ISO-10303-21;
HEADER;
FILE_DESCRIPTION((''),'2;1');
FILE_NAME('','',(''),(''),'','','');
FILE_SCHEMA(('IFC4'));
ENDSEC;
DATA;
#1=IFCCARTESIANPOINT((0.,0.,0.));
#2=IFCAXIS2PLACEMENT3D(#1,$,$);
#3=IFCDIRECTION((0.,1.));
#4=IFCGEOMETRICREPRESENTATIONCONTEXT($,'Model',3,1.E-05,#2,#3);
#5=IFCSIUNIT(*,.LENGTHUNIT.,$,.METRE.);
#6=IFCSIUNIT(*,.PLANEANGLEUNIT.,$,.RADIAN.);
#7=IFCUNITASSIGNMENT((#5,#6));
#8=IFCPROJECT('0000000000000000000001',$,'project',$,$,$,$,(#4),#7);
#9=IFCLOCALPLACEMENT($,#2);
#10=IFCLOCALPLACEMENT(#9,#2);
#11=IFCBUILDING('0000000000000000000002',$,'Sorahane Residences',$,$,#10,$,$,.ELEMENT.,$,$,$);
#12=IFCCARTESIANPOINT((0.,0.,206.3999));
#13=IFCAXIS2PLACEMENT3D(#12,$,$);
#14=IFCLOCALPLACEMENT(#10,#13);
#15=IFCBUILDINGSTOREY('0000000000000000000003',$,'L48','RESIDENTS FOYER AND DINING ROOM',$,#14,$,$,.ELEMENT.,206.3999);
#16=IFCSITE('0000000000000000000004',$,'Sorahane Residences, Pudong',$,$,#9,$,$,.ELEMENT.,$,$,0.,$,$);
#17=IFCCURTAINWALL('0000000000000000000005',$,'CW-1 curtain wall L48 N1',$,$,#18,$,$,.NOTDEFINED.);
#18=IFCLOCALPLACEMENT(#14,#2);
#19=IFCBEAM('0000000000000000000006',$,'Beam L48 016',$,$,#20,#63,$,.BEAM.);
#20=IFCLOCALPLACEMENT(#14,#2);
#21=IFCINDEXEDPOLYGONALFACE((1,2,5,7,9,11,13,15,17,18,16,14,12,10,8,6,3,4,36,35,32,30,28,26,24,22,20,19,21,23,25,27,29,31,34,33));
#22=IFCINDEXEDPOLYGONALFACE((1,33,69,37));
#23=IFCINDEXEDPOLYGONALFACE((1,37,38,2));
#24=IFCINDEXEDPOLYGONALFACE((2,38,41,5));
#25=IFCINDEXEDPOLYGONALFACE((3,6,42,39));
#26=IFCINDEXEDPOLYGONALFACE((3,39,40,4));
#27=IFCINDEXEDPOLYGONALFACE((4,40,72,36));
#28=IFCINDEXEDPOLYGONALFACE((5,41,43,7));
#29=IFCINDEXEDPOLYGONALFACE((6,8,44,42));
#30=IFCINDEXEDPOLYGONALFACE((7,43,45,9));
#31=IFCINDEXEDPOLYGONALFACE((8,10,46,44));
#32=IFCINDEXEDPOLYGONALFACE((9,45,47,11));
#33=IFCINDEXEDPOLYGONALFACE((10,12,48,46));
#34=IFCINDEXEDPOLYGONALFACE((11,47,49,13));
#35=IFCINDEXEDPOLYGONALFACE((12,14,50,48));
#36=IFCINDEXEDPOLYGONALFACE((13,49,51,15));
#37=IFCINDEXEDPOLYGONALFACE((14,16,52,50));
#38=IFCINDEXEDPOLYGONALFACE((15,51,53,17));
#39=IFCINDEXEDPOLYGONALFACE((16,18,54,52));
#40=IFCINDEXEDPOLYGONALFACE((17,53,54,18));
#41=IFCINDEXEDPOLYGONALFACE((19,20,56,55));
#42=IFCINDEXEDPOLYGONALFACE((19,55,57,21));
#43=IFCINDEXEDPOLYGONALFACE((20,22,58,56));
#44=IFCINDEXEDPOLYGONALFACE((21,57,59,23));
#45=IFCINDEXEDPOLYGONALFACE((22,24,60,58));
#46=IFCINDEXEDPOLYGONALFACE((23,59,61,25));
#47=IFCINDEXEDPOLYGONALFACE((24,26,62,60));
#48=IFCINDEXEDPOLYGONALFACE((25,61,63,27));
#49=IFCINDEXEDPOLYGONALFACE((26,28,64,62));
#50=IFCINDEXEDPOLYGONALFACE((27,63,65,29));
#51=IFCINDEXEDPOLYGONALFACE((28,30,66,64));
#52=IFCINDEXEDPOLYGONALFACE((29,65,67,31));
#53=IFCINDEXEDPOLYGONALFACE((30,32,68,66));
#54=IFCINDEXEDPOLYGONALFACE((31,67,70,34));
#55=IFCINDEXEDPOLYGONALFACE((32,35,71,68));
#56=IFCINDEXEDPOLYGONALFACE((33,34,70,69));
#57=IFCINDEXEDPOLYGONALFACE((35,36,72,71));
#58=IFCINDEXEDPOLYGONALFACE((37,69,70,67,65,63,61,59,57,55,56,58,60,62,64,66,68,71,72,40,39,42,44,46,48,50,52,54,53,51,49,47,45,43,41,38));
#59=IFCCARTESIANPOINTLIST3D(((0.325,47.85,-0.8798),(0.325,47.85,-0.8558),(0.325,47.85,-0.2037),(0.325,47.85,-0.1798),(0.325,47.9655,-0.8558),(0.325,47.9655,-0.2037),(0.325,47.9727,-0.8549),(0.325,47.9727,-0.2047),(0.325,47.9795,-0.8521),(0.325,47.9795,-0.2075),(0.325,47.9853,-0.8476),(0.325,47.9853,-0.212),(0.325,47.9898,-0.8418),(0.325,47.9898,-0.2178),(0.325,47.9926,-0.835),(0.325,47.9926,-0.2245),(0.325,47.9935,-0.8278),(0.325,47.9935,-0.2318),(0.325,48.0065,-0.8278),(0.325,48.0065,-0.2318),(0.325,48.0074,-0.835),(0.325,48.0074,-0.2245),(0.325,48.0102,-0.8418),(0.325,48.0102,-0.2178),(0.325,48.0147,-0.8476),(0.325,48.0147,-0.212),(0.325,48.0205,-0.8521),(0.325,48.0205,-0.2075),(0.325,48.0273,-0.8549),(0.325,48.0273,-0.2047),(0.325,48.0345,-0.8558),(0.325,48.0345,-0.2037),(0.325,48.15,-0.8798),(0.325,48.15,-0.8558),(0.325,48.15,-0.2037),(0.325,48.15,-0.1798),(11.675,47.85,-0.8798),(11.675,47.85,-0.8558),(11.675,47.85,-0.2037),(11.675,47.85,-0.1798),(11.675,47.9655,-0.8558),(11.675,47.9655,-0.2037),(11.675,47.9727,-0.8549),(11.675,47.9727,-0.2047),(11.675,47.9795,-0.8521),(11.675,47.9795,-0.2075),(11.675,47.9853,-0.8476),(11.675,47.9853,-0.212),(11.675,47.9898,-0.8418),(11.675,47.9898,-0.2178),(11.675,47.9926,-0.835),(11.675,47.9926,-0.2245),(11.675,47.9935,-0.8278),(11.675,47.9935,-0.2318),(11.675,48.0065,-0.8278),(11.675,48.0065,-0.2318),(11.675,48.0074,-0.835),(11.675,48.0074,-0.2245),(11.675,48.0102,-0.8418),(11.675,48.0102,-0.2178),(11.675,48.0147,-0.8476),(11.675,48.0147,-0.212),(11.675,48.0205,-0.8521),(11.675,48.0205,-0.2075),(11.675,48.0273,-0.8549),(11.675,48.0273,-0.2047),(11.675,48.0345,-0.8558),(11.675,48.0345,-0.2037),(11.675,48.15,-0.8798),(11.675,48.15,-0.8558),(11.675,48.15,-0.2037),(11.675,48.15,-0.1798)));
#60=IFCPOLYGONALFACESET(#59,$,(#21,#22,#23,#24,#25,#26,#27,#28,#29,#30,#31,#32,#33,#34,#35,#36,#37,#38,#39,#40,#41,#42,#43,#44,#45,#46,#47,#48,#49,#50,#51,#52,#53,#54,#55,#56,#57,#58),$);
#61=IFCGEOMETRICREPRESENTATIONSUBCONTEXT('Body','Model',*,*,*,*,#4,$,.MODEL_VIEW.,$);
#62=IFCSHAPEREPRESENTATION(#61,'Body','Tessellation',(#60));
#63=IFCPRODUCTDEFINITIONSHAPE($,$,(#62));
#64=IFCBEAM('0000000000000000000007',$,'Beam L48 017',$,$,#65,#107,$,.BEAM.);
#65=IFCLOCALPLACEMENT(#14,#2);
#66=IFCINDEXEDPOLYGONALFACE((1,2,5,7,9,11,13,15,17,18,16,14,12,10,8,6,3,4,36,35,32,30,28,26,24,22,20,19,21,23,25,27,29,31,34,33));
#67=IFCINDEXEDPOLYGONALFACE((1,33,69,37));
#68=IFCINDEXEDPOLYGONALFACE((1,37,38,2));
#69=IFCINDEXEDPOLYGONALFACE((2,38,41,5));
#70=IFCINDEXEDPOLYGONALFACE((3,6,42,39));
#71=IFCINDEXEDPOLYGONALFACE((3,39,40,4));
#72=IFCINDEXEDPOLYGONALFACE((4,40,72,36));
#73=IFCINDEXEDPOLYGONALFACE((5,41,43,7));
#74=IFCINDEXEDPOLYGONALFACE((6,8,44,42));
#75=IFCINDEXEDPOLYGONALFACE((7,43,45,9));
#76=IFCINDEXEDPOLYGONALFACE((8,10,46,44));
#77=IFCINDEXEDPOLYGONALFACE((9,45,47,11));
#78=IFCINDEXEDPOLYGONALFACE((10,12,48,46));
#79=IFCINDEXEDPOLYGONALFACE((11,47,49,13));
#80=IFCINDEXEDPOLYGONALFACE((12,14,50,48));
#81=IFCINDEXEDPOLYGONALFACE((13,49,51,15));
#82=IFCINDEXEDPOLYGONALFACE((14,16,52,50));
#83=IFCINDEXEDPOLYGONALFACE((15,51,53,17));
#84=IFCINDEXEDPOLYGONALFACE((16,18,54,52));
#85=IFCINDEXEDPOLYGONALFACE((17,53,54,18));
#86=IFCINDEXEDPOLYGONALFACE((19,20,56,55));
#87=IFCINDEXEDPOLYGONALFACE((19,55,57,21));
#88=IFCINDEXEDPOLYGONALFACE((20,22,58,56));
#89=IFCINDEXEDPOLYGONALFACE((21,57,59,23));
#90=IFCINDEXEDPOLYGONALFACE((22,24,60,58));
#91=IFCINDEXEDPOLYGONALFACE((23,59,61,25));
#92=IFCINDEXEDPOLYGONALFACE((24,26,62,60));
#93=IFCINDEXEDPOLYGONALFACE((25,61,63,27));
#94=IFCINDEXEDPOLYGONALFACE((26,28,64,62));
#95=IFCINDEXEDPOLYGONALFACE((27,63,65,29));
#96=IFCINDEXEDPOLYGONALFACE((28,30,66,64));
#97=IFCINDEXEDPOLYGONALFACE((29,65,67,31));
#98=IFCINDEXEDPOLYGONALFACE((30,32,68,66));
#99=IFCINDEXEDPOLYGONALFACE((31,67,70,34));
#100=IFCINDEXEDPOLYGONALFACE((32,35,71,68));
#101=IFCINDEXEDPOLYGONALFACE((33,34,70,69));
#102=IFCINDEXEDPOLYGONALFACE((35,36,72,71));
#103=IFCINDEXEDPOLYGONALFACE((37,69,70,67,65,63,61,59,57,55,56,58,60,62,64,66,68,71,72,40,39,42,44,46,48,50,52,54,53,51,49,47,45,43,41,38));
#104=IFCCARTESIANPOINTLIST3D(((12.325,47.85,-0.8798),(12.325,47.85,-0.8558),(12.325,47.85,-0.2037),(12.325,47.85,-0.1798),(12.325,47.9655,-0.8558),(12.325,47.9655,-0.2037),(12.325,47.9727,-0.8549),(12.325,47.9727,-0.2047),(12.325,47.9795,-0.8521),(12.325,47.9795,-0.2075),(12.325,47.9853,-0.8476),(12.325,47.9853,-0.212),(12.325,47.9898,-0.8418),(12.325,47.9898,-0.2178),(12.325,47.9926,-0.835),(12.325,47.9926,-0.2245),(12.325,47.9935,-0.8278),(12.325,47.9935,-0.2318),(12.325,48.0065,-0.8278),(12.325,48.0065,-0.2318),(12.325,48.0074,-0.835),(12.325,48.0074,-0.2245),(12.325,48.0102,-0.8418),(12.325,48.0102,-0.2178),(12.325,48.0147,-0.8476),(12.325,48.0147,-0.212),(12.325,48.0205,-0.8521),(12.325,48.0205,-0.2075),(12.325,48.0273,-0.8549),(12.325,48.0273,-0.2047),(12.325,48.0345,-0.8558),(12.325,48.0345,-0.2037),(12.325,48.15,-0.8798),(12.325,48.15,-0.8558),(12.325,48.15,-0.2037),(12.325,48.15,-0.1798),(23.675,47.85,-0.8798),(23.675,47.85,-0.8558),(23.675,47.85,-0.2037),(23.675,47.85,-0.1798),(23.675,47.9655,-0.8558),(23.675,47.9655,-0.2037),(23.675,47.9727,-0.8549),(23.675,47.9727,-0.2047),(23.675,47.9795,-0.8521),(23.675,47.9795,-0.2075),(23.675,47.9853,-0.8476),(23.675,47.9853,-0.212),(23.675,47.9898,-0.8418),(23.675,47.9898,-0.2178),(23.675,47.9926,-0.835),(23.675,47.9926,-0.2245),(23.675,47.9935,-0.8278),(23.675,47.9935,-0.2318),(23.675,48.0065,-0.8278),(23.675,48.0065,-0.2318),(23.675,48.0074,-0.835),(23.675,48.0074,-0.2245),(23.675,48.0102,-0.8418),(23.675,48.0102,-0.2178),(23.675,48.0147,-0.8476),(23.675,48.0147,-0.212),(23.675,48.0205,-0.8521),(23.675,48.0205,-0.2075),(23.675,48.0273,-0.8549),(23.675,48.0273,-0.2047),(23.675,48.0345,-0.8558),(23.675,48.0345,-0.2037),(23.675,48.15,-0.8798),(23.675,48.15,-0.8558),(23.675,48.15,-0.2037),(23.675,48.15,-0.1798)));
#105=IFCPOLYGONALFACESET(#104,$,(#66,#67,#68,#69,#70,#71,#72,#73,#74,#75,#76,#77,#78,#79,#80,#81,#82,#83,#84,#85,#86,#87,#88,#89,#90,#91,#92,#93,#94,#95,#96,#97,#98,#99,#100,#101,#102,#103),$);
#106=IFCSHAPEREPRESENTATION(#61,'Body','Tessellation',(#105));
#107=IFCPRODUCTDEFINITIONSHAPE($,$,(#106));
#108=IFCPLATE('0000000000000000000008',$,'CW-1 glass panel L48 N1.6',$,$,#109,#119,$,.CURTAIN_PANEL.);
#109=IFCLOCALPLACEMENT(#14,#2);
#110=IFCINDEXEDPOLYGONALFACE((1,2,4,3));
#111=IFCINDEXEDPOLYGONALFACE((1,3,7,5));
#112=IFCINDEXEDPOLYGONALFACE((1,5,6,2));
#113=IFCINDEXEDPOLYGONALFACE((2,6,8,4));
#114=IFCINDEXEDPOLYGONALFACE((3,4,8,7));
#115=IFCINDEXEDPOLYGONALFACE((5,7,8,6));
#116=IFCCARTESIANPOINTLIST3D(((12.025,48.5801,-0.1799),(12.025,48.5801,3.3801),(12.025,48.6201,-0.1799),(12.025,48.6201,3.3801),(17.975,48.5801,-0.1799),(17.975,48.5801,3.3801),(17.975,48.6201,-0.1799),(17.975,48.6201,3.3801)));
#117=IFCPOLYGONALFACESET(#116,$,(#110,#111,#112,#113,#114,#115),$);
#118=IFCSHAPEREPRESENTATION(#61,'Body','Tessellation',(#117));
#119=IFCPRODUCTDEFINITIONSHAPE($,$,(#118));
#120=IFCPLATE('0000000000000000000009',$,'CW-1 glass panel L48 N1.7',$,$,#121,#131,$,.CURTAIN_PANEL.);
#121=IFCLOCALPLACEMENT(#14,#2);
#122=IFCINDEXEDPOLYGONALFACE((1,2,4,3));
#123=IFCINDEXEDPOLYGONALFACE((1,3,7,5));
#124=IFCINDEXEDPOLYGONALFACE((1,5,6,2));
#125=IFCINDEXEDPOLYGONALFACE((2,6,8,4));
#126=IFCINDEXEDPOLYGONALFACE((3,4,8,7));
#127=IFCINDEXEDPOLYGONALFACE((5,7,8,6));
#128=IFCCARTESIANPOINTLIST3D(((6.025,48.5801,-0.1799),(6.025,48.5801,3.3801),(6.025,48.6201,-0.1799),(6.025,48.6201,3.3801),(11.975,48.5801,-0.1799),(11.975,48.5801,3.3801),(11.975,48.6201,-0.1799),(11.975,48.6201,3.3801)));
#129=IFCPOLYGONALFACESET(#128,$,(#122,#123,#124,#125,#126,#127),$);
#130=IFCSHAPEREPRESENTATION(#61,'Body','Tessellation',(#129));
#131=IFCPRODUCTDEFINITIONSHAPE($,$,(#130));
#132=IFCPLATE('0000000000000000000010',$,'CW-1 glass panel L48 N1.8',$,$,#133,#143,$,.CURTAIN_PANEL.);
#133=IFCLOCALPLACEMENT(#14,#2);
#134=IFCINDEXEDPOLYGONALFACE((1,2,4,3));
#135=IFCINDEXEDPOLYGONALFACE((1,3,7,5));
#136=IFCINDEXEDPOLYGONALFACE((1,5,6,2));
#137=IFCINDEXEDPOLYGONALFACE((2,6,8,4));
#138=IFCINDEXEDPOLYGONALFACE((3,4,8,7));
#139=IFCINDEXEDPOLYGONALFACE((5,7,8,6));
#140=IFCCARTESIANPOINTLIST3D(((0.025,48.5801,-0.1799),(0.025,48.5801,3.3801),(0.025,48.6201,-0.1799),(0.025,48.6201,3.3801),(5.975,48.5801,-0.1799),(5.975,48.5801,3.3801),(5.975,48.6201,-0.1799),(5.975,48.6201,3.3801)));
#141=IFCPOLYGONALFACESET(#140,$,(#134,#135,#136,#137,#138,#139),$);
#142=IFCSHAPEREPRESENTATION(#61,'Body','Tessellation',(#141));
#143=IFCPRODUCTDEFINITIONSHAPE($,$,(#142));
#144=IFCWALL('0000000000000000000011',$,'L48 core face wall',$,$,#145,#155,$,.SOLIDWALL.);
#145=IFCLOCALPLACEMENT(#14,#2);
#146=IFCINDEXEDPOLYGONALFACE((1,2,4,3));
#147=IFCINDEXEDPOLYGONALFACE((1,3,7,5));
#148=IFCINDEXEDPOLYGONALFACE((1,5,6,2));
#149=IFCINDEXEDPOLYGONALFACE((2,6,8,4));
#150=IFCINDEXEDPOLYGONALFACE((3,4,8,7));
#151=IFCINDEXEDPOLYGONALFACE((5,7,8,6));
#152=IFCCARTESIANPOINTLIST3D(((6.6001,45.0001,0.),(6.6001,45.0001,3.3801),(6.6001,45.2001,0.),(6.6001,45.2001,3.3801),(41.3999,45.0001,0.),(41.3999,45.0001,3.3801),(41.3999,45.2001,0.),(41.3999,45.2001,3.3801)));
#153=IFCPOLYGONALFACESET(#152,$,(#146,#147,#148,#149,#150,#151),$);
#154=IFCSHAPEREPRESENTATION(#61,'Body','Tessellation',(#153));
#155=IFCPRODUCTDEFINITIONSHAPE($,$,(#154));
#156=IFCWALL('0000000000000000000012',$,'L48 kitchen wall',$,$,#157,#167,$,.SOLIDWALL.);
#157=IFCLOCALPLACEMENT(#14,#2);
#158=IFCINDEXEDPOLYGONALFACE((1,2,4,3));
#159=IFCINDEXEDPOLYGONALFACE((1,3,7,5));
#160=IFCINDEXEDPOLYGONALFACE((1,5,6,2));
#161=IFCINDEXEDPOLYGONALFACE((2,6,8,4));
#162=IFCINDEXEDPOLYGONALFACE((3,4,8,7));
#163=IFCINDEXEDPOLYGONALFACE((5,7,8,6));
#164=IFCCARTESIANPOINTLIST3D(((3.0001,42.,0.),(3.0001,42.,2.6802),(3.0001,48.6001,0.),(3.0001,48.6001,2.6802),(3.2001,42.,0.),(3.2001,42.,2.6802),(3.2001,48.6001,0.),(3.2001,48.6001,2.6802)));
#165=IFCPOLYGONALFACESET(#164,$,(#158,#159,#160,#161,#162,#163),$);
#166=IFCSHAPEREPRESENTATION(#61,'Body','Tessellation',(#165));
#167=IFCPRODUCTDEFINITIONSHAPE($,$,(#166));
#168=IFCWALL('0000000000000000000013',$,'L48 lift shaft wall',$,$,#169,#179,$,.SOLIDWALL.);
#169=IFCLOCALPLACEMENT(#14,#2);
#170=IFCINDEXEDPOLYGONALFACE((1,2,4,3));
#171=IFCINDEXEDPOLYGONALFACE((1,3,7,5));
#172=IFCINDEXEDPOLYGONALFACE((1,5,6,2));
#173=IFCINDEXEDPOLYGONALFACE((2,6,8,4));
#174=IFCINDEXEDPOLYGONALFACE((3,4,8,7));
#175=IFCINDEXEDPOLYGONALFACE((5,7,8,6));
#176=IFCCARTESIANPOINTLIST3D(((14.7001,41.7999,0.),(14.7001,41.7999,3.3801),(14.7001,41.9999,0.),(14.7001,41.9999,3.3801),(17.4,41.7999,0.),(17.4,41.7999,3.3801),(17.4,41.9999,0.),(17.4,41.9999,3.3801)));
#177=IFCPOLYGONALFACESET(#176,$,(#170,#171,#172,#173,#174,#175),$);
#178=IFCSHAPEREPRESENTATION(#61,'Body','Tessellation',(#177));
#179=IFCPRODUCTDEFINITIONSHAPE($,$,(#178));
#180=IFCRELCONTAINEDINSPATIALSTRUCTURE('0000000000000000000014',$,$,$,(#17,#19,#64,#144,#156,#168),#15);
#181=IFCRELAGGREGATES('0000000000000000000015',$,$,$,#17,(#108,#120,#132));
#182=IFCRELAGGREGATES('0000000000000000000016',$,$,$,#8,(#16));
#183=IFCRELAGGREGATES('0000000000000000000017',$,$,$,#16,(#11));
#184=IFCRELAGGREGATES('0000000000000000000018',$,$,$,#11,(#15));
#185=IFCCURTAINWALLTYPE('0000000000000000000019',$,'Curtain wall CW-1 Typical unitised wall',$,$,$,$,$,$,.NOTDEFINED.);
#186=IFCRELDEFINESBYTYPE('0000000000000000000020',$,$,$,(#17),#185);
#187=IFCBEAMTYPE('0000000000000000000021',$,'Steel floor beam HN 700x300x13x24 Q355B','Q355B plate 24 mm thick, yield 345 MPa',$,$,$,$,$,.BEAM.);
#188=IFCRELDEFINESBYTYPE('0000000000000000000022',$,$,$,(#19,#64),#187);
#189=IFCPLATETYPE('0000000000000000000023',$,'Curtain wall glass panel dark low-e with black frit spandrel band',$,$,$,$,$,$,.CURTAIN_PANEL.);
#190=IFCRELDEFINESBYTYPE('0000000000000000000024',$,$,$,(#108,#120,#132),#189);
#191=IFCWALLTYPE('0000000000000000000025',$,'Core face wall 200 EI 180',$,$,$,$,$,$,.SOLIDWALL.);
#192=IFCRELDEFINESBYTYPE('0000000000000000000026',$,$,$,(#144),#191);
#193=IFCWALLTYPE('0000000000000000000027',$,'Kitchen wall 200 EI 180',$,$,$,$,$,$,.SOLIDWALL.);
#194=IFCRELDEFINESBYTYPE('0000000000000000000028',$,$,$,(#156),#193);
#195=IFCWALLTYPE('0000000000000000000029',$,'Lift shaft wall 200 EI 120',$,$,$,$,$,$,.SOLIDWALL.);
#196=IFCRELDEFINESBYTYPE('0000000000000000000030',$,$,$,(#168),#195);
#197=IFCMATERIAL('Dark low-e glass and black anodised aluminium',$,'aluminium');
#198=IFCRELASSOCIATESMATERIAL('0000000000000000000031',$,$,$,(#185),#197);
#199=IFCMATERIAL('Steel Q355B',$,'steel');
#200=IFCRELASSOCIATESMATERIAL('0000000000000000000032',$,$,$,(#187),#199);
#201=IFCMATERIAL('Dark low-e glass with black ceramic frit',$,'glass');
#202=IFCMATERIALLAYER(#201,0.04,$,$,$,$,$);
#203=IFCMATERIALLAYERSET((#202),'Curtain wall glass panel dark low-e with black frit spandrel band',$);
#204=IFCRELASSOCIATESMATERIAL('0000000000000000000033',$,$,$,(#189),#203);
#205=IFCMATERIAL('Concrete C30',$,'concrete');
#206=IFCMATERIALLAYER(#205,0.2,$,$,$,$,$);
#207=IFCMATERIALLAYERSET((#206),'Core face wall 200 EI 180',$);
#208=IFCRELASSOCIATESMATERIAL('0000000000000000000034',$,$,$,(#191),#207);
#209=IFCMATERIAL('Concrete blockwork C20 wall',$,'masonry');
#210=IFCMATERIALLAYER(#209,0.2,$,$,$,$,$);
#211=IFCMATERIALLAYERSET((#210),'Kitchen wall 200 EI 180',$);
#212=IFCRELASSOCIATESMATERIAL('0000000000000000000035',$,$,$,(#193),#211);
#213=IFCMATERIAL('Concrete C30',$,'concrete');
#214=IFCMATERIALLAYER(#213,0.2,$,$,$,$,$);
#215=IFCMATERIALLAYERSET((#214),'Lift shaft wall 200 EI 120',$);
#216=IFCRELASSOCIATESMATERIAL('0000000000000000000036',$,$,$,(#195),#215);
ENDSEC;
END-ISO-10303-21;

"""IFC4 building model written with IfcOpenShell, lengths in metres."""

from ifc_helpers import new_model, si_unit, direction, frame, frame_2d, origin, origin_2d, place, context, subcontext, project, spatial, rectangle, i_section, extrude, material, layer, layer_set, material_profile, profile_set, type_object, element, aggregate, save


model = new_model("IFC4")

# Units and contexts
model_context = context("Model", 3, precision=1e-05, world=origin(), true_north=direction((0.0, 1.0)))
body_context = subcontext(model_context, "Body", "Model", "MODEL_VIEW")
ifc_project = project(units=[si_unit("LENGTHUNIT", "METRE"), si_unit("PLANEANGLEUNIT", "RADIAN")], contexts=[model_context])

# Site, building, storey
site_placement = place(None, origin())
site = spatial("IfcSite", under=ifc_project, at=site_placement, Name="Sorahane Residences, Pudong", CompositionType="ELEMENT", RefElevation=0.0)
building_placement = place(site_placement, origin())
building = spatial("IfcBuilding", under=site, at=building_placement, Name="Sorahane Residences", CompositionType="ELEMENT")
storey_placement = place(building_placement, frame((0.0, 0.0, 206.3999)))
storey = spatial("IfcBuildingStorey", under=building, at=storey_placement, Name="L48", Description="RESIDENTS FOYER AND DINING ROOM", CompositionType="ELEMENT", Elevation=206.3999)

# Curtain wall
ifc_material_1 = material(Name="Dark low-e glass and black anodised aluminium", Category="aluminium")
curtain_wall_type = type_object("IfcCurtainWallType", Name="Curtain wall CW-1 Typical unitised wall", PredefinedType="NOTDEFINED", material=ifc_material_1)
curtain_wall_placement = place(storey_placement, origin())
curtain_wall = element("IfcCurtainWall", 1, at=curtain_wall_placement, inside=storey, type_object=curtain_wall_type, Name="CW-1 curtain wall L48 N1", PredefinedType="NOTDEFINED")

# Beams
ifc_material_2 = material(Name="Steel Q355B", Category="steel")
ifc_material_profile_1 = material_profile(ifc_material_2, i_section(OverallWidth=0.3, OverallDepth=0.7, WebThickness=0.0129, FlangeThickness=0.0239, FilletRadius=0.0281, at=origin_2d()), Name="HN 700x300x13x24")
ifc_profile_set_1 = profile_set([ifc_material_profile_1], Name="Steel Q355B")
beam_type_1 = type_object("IfcBeamType", Name="Steel floor beam HN 700x300x13x24 Q355B", Description="Q355B plate 24 mm thick, yield 345 MPa", PredefinedType="BEAM", material=ifc_profile_set_1)
for number, where, z_axis, x_axis, name in (
    (2, (0.325, 48.0, -0.5298), (1.0, 0.0, 0.0), (0.0, 1.0, 0.0), "Beam L48 016"),
    (3, (12.325, 48.0, -0.5298), (1.0, 0.0, 0.0), (0.0, 1.0, 0.0), "Beam L48 017"),
):
    element("IfcBeam", number, at=place(storey_placement, frame(where, z_axis=z_axis, x_axis=x_axis)), inside=storey, type_object=beam_type_1, Name=name, PredefinedType="BEAM", context=body_context, shape_type="SweptSolid", body=[
        extrude(i_section(OverallWidth=0.3, OverallDepth=0.7, WebThickness=0.0129, FlangeThickness=0.0239, FilletRadius=0.0281, at=origin_2d()), origin(), (0.0, 0.0, 1.0), 11.3501),
    ])

# Plates
ifc_material_3 = material(Name="Dark low-e glass with black ceramic frit", Category="glass")
ifc_layer_1 = layer(ifc_material_3, 0.04)
ifc_layer_set_1 = layer_set([ifc_layer_1], Name="Curtain wall glass panel dark low-e with black frit spandrel band")
plate_type = type_object("IfcPlateType", Name="Curtain wall glass panel dark low-e with black frit spandrel band", PredefinedType="CURTAIN_PANEL", material=ifc_layer_set_1)
plate_1_placement = place(storey_placement, frame((15.0, 48.6001, -0.1799), z_axis=(0.0, 0.0, 1.0), x_axis=(-1.0, 0.0, 0.0)))
plate_1 = element("IfcPlate", 4, at=plate_1_placement, type_object=plate_type, Name="CW-1 glass panel L48 N1.6", PredefinedType="CURTAIN_PANEL", context=body_context, shape_type="SweptSolid", body=[
    extrude(rectangle(XDim=5.95, YDim=0.04, at=origin_2d()), origin(), (0.0, 0.0, 1.0), 3.5601),
])
plate_2_placement = place(storey_placement, frame((9.0, 48.6001, -0.1799), z_axis=(0.0, 0.0, 1.0), x_axis=(-1.0, 0.0, 0.0)))
plate_2 = element("IfcPlate", 5, at=plate_2_placement, type_object=plate_type, Name="CW-1 glass panel L48 N1.7", PredefinedType="CURTAIN_PANEL", context=body_context, shape_type="SweptSolid", body=[
    extrude(rectangle(XDim=5.95, YDim=0.04, at=origin_2d()), origin(), (0.0, 0.0, 1.0), 3.5601),
])
plate_3_placement = place(storey_placement, frame((3.0, 48.6001, -0.1799), z_axis=(0.0, 0.0, 1.0), x_axis=(-1.0, 0.0, 0.0)))
plate_3 = element("IfcPlate", 6, at=plate_3_placement, type_object=plate_type, Name="CW-1 glass panel L48 N1.8", PredefinedType="CURTAIN_PANEL", context=body_context, shape_type="SweptSolid", body=[
    extrude(rectangle(XDim=5.95, YDim=0.04, at=origin_2d()), origin(), (0.0, 0.0, 1.0), 3.5601),
])
aggregate(curtain_wall, [plate_1, plate_2, plate_3])

# Walls
ifc_material_4 = material(Name="Concrete C30", Category="concrete")
ifc_layer_2 = layer(ifc_material_4, 0.2)
ifc_layer_set_2 = layer_set([ifc_layer_2], Name="Core face wall 200 EI 180")
wall_type_1 = type_object("IfcWallType", Name="Core face wall 200 EI 180", PredefinedType="SOLIDWALL", material=ifc_layer_set_2)
wall_1_placement = place(storey_placement, frame((6.6001, 45.1001, 0.0), z_axis=(0.0, 0.0, 1.0), x_axis=(1.0, 0.0, 0.0)))
element("IfcWall", 7, at=wall_1_placement, inside=storey, type_object=wall_type_1, Name="L48 core face wall", PredefinedType="SOLIDWALL", context=body_context, shape_type="SweptSolid", body=[
    extrude(rectangle(XDim=34.7998, YDim=0.2, at=frame_2d((17.3999, 0.0))), origin(), (0.0, 0.0, 1.0), 3.3801),
])
ifc_material_5 = material(Name="Concrete blockwork C20 wall", Category="masonry")
ifc_layer_3 = layer(ifc_material_5, 0.2)
ifc_layer_set_3 = layer_set([ifc_layer_3], Name="Kitchen wall 200 EI 180")
wall_type_2 = type_object("IfcWallType", Name="Kitchen wall 200 EI 180", PredefinedType="SOLIDWALL", material=ifc_layer_set_3)
wall_2_placement = place(storey_placement, frame((3.1001, 42.0, 0.0), z_axis=(0.0, 0.0, 1.0), x_axis=(0.0, 1.0, 0.0)))
element("IfcWall", 8, at=wall_2_placement, inside=storey, type_object=wall_type_2, Name="L48 kitchen wall", PredefinedType="SOLIDWALL", context=body_context, shape_type="SweptSolid", body=[
    extrude(rectangle(XDim=6.6001, YDim=0.2, at=frame_2d((3.3, 0.0))), origin(), (0.0, 0.0, 1.0), 2.6802),
])
ifc_material_6 = material(Name="Concrete C30", Category="concrete")
ifc_layer_4 = layer(ifc_material_6, 0.2)
ifc_layer_set_4 = layer_set([ifc_layer_4], Name="Lift shaft wall 200 EI 120")
wall_type_3 = type_object("IfcWallType", Name="Lift shaft wall 200 EI 120", PredefinedType="SOLIDWALL", material=ifc_layer_set_4)
wall_3_placement = place(storey_placement, frame((14.7, 41.8999, 0.0), z_axis=(0.0, 0.0, 1.0), x_axis=(1.0, 0.0, 0.0)))
element("IfcWall", 9, at=wall_3_placement, inside=storey, type_object=wall_type_3, Name="L48 lift shaft wall", PredefinedType="SOLIDWALL", context=body_context, shape_type="SweptSolid", body=[
    extrude(rectangle(XDim=2.7, YDim=0.2, at=frame_2d((1.3501, 0.0))), origin(), (0.0, 0.0, 1.0), 3.3801),
])

save(model, "model.ifc")
